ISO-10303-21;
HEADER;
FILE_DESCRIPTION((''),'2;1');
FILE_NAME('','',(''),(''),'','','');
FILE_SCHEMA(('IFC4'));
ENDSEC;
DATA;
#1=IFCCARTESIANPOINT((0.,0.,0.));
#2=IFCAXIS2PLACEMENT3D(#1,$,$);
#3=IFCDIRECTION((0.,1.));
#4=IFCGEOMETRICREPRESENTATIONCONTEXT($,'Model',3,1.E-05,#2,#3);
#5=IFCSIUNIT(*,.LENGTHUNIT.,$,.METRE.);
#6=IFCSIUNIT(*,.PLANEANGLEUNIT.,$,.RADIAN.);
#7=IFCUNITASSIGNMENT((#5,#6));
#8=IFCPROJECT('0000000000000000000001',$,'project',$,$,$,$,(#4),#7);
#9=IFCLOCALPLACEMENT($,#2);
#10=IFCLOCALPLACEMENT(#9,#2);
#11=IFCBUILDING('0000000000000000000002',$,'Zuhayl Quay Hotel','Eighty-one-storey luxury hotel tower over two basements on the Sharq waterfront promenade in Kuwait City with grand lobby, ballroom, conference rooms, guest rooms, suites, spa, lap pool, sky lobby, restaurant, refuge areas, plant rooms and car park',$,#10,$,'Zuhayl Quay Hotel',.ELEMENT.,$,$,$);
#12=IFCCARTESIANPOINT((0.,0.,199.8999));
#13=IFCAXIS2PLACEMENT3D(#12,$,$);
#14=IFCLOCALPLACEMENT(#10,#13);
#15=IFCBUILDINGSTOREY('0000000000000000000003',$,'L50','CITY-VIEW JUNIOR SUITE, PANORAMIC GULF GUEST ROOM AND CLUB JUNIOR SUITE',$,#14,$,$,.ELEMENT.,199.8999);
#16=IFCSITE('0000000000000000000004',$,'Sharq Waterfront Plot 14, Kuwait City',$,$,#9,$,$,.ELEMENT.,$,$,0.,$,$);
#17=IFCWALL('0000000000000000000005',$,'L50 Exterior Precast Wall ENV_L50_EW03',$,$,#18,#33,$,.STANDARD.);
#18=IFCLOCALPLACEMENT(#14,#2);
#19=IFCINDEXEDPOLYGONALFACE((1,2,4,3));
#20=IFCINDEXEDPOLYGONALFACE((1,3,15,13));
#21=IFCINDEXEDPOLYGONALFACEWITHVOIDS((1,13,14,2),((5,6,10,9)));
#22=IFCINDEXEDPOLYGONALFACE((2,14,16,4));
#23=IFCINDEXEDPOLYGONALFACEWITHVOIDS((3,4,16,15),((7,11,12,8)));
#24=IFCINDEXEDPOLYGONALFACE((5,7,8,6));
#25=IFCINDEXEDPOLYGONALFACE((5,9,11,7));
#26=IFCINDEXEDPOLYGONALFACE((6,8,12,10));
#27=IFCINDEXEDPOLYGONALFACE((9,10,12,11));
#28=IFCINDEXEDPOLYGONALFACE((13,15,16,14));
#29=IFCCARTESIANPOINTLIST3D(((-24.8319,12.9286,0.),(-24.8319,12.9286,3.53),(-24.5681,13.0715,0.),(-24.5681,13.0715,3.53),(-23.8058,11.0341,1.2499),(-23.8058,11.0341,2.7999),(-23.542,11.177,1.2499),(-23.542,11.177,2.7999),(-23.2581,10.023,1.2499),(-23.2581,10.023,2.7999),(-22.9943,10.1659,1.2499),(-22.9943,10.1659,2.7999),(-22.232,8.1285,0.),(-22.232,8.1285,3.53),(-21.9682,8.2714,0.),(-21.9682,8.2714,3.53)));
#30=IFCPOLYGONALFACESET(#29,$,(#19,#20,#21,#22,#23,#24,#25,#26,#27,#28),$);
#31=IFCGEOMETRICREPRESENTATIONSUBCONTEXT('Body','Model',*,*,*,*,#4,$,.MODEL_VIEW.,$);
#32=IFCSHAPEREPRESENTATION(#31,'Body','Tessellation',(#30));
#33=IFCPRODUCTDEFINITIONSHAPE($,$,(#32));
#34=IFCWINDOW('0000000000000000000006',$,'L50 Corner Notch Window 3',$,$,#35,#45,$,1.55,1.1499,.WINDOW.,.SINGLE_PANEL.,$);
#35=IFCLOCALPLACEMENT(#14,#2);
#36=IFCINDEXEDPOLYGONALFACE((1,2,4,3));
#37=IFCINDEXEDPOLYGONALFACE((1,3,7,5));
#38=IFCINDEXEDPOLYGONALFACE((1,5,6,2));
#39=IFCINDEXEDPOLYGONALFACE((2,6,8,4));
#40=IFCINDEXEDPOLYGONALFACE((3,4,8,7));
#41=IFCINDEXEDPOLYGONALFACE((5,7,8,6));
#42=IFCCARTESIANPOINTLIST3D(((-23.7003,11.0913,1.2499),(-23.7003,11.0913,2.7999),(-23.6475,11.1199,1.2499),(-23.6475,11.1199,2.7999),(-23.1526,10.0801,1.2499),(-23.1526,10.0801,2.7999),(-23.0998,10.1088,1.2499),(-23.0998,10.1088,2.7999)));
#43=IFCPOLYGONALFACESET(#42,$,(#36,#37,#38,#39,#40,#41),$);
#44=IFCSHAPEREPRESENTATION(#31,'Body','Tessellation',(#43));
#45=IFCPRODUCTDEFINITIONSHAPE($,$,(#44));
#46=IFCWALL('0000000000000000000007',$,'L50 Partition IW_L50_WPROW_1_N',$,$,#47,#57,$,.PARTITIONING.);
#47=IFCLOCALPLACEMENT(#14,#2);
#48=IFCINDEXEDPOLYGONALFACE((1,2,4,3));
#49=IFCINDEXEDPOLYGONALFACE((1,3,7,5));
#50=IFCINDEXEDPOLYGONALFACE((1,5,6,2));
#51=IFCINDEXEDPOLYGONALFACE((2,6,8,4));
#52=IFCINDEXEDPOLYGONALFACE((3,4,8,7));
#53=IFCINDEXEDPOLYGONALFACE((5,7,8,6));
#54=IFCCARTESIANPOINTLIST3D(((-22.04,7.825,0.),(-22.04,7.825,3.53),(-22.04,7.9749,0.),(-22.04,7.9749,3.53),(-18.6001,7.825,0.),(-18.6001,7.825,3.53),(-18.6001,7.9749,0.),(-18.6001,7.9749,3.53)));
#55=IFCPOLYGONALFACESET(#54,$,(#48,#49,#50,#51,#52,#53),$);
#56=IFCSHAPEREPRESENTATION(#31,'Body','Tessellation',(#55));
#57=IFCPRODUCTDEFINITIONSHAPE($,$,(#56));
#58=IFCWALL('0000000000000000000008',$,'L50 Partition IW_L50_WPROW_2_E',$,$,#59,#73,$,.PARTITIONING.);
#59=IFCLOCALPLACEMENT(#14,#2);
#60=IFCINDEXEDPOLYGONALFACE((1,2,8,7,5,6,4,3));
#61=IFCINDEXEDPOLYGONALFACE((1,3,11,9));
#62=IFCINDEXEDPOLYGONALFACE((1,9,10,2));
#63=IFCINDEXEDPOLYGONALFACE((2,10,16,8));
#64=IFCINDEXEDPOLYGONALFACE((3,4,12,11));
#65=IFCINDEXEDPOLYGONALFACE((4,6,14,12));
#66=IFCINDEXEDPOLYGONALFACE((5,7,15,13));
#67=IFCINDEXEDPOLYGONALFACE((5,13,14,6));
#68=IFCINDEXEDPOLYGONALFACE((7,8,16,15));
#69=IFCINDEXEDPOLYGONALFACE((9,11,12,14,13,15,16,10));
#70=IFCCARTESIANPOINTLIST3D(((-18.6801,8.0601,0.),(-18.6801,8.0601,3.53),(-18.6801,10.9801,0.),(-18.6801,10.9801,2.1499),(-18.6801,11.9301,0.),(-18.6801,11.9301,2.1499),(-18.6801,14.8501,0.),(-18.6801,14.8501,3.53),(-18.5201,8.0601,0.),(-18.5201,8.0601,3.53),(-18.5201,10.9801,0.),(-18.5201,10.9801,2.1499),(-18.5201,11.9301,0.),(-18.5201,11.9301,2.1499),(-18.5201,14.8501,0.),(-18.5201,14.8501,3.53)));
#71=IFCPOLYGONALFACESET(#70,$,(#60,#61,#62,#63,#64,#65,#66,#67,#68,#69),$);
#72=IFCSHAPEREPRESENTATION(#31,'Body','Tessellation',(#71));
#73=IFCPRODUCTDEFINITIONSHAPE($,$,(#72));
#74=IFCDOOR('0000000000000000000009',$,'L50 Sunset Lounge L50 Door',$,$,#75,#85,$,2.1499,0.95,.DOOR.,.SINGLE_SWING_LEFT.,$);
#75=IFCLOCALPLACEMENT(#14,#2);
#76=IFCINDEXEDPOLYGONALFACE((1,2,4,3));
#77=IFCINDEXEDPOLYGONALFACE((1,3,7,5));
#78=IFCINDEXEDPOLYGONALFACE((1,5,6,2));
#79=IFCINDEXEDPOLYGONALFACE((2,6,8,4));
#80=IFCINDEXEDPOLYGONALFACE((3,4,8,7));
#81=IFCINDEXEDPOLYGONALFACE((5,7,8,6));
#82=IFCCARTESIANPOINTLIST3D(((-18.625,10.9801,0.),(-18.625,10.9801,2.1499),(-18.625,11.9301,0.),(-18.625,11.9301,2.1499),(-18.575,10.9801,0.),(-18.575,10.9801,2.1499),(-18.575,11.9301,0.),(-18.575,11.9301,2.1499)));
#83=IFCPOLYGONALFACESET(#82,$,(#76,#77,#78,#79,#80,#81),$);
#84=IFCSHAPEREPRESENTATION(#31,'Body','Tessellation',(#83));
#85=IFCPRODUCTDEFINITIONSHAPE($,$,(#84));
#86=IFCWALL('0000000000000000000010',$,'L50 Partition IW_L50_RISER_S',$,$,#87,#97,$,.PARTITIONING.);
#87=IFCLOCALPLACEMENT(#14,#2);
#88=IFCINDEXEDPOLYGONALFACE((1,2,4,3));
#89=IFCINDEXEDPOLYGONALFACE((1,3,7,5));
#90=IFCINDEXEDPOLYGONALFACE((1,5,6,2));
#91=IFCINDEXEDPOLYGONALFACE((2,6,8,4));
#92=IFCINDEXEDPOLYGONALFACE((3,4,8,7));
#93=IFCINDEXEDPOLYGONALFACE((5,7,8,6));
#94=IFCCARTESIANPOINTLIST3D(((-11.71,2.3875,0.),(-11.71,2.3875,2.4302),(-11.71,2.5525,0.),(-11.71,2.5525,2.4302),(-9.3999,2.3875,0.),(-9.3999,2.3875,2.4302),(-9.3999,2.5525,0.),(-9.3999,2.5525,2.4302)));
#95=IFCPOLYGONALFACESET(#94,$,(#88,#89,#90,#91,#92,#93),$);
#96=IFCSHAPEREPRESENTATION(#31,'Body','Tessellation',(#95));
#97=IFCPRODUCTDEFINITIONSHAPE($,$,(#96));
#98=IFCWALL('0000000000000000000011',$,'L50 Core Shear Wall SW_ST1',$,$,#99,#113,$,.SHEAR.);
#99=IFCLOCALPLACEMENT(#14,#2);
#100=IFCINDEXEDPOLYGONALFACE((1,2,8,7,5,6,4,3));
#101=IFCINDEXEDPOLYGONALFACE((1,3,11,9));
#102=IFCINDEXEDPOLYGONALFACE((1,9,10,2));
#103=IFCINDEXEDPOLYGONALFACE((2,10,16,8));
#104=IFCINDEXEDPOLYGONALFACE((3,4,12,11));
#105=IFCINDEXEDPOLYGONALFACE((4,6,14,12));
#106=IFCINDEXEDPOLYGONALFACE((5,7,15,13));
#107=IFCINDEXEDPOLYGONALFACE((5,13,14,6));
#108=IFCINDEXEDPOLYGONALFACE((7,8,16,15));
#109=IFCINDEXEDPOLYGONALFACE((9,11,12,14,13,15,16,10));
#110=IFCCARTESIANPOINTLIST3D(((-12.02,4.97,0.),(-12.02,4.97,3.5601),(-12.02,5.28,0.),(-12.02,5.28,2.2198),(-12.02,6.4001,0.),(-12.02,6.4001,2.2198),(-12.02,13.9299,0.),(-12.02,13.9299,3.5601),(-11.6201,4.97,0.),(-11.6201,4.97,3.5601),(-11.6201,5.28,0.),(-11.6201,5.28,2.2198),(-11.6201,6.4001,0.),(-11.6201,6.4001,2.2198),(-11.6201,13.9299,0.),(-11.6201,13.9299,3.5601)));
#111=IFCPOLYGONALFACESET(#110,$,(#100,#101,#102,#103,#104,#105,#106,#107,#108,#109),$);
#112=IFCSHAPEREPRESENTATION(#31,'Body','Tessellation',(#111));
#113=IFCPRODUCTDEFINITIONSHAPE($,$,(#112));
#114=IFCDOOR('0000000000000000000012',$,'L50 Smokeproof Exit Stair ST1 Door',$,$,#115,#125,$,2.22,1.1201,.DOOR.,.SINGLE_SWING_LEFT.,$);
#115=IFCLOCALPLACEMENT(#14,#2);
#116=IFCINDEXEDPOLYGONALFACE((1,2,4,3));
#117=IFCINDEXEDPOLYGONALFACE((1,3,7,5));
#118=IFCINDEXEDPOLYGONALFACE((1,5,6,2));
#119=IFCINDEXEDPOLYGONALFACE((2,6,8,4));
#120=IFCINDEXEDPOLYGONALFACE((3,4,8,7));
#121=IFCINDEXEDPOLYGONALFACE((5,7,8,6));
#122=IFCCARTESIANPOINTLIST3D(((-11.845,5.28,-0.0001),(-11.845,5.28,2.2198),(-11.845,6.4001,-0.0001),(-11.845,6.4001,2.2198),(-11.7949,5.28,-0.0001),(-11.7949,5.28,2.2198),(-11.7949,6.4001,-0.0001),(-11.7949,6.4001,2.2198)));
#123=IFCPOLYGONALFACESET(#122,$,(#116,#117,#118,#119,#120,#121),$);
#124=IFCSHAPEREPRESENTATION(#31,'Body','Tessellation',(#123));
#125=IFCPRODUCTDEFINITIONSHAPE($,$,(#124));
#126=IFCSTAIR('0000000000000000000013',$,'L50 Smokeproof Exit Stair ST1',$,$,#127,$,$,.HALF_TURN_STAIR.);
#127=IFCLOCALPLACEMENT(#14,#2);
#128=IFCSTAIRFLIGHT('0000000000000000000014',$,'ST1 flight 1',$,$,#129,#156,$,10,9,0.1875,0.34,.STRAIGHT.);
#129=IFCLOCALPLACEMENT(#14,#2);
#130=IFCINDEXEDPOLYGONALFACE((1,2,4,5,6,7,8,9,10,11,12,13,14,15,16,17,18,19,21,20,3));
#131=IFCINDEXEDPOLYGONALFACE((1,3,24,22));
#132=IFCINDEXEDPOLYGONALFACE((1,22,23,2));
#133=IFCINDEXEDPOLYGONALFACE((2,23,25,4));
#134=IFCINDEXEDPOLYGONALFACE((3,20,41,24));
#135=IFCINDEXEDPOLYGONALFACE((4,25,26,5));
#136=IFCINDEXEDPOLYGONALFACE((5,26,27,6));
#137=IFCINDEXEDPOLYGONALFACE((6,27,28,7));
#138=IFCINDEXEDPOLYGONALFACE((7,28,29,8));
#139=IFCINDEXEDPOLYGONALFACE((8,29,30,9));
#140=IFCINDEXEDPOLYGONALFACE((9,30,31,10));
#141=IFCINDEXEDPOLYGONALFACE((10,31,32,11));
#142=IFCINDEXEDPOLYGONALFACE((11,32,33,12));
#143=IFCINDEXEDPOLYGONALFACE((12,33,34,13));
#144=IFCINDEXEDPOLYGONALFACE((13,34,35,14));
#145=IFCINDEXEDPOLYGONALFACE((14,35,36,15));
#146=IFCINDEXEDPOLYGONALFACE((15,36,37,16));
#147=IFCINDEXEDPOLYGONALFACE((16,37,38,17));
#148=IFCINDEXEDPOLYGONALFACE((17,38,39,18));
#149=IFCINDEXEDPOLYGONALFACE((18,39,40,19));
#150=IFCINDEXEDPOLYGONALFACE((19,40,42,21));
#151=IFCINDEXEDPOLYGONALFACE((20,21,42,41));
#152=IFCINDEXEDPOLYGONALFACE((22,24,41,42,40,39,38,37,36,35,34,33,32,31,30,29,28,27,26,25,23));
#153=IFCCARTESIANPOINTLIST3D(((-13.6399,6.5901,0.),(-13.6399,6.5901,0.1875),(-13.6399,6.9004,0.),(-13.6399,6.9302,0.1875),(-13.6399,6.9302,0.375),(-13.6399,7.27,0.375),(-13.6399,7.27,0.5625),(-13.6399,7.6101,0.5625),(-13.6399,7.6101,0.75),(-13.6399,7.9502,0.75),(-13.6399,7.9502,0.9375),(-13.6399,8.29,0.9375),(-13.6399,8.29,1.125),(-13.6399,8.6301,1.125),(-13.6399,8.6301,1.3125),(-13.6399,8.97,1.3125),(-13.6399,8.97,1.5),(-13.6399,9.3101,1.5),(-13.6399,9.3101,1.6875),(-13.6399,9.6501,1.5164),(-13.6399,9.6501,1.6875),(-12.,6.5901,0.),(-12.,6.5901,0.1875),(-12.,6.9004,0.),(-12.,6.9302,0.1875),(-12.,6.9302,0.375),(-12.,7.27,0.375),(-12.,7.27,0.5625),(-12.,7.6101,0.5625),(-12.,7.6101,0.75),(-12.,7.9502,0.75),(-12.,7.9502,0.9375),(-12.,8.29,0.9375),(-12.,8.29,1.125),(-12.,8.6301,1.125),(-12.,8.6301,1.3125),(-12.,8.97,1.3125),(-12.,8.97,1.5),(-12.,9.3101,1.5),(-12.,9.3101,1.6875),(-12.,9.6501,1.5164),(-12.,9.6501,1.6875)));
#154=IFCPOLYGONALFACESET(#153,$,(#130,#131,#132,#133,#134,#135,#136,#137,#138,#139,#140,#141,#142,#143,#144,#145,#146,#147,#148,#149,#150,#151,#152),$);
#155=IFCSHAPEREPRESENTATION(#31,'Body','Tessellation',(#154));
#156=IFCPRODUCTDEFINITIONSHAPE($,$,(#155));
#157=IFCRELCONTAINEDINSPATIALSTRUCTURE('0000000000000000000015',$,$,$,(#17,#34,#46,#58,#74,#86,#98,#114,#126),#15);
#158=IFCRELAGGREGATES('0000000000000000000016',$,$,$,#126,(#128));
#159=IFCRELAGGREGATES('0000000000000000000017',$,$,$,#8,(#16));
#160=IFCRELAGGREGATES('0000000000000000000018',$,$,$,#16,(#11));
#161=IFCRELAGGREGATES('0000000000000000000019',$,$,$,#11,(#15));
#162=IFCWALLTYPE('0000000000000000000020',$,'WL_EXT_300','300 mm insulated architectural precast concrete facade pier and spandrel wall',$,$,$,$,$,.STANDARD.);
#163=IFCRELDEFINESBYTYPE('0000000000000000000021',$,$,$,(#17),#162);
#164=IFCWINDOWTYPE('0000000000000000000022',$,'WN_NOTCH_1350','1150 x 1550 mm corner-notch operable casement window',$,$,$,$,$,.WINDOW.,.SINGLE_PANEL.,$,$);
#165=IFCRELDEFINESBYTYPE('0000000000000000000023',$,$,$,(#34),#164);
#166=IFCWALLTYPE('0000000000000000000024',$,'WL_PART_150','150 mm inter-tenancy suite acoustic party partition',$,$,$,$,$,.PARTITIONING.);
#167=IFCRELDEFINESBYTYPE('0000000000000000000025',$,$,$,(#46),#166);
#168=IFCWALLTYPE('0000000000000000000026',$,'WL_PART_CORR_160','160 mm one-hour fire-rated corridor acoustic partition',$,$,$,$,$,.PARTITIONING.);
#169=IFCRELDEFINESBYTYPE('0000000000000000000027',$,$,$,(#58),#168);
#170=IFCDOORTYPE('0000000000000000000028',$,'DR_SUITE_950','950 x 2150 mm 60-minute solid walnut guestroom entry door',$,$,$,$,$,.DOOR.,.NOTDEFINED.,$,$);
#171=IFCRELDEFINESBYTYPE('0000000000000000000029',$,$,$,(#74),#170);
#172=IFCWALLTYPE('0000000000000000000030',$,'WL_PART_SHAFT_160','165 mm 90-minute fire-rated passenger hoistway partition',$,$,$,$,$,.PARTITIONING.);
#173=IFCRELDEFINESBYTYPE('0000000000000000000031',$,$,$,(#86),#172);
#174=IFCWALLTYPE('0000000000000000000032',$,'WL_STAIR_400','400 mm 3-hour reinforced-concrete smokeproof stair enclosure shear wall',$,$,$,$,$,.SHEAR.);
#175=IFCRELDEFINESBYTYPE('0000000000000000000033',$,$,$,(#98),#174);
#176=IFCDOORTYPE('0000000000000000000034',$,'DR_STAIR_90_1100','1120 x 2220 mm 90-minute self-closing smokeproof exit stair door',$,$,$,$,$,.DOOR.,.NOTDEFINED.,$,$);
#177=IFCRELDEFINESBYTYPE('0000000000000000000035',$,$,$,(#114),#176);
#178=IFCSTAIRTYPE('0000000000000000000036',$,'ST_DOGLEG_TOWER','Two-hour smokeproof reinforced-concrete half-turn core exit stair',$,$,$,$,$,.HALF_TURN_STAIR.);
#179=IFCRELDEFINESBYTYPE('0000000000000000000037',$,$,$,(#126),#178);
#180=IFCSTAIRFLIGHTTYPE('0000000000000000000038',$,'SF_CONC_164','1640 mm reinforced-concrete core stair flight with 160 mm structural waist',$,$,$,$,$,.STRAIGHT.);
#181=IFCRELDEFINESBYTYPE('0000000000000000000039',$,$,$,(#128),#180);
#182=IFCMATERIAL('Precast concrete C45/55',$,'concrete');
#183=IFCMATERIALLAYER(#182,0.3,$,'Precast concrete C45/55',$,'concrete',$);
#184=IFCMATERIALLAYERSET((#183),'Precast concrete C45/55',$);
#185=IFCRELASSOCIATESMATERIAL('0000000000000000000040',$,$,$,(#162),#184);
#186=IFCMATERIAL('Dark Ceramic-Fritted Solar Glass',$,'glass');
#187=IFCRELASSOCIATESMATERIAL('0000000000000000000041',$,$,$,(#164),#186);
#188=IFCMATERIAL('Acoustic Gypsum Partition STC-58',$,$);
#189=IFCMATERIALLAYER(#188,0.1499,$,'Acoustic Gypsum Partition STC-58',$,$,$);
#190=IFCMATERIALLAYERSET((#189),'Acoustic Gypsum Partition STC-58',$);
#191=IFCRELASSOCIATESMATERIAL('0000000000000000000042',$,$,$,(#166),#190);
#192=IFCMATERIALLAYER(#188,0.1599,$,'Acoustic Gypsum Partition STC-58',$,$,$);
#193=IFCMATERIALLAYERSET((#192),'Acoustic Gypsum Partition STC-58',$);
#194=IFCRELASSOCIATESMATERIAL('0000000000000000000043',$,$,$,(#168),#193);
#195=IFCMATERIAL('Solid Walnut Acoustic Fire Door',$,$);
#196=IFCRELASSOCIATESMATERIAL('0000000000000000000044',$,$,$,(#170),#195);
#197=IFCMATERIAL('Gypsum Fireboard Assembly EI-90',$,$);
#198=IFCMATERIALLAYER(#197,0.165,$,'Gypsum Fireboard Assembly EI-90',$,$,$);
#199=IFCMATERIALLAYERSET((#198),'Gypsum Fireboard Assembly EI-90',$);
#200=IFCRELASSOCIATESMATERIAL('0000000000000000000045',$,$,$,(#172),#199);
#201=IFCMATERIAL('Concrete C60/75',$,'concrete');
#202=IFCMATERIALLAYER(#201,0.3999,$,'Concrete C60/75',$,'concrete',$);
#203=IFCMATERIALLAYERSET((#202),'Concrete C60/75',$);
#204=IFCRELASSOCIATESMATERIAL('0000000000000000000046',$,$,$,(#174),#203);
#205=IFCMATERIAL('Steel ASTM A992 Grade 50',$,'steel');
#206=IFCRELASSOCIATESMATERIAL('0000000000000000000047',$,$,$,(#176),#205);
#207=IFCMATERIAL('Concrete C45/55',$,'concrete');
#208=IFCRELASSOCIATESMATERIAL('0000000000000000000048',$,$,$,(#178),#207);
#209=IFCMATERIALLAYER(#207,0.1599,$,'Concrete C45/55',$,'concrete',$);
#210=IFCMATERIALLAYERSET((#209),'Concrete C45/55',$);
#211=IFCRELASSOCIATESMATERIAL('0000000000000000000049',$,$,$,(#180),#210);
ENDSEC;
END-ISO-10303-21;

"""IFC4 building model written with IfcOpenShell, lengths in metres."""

from ifc_helpers import new_model, si_unit, direction, frame, frame_2d, origin, place, context, subcontext, project, spatial, polyline, rectangle, outline, extrude, material, layer, layer_set, type_object, element, fill, aggregate, save


model = new_model("IFC4")

# Units and contexts
model_context = context("Model", 3, precision=1e-05, world=origin(), true_north=direction((0.0, 1.0)))
body_context = subcontext(model_context, "Body", "Model", "MODEL_VIEW")
ifc_project = project(units=[si_unit("LENGTHUNIT", "METRE"), si_unit("PLANEANGLEUNIT", "RADIAN")], contexts=[model_context])

# Site, building, storey
site_placement = place(None, origin())
site = spatial("IfcSite", under=ifc_project, at=site_placement, Name="Sharq Waterfront Plot 14, Kuwait City", CompositionType="ELEMENT", RefElevation=0.0)
building_placement = place(site_placement, origin())
building = spatial("IfcBuilding", under=site, at=building_placement, Name="Zuhayl Quay Hotel", Description="Eighty-one-storey luxury hotel tower over two basements on the Sharq waterfront promenade in Kuwait City with grand lobby, ballroom, conference rooms, guest rooms, suites, spa, lap pool, sky lobby, restaurant, refuge areas, plant rooms and car park", LongName="Zuhayl Quay Hotel", CompositionType="ELEMENT")
storey_placement = place(building_placement, frame((0.0, 0.0, 199.8999)))
storey = spatial("IfcBuildingStorey", under=building, at=storey_placement, Name="L50", Description="CITY-VIEW JUNIOR SUITE, PANORAMIC GULF GUEST ROOM AND CLUB JUNIOR SUITE", CompositionType="ELEMENT", Elevation=199.8999)

# Shared definitions
ifc_material_1 = material(Name="Concrete C60/75", Category="concrete")

# Shared definitions
ifc_material_2 = material(Name="Dark Ceramic-Fritted Solar Glass", Category="glass")

# Shared definitions
ifc_material_3 = material(Name="Precast concrete C45/55", Category="concrete")
ifc_layer_1 = layer(ifc_material_3, 0.3, Name="Precast concrete C45/55", Category="concrete")
ifc_layer_set_1 = layer_set([ifc_layer_1], Name="Precast concrete C45/55")
wall_type_1 = type_object("IfcWallType", Name="WL_EXT_300", Description="300 mm insulated architectural precast concrete facade pier and spandrel wall", PredefinedType="STANDARD", material=ifc_layer_set_1)

# Wall, opening, window
wall_1_placement = place(storey_placement, frame((-22.1001, 8.2, 0.0), z_axis=(0.0, 0.0, 1.0), x_axis=(-0.476259, 0.879305, 0.0)))
wall_1 = element("IfcWall", 1, at=wall_1_placement, inside=storey, type_object=wall_type_1, Name="L50 Exterior Precast Wall ENV_L50_EW03", PredefinedType="STANDARD", context=body_context, shape_type="SweptSolid", body=[
    extrude(rectangle(XDim=5.459, YDim=0.3, at=frame_2d((2.7295, 0.0))), origin(), (0.0, 0.0, 1.0), 3.53),
])
opening_1_placement = place(wall_1_placement, frame((2.1545, 0.0, 1.25)))
opening_1 = element("IfcOpeningElement", 2, at=opening_1_placement, cuts=wall_1, PredefinedType="OPENING", context=body_context, shape_type="SweptSolid", body=[
    extrude(rectangle(XDim=1.1499, YDim=1.55, at=frame_2d((0.575, 0.7749))), frame((0.0, 0.1599, 0.0), z_axis=(0.0, -1.0, 0.0), x_axis=(1.0, 0.0, 0.0)), (0.0, 0.0, 1.0), 0.3201),
])
window_type = type_object("IfcWindowType", Name="WN_NOTCH_1350", Description="1150 x 1550 mm corner-notch operable casement window", PartitioningType="SINGLE_PANEL", PredefinedType="WINDOW", material=ifc_material_2)
window_placement = place(opening_1_placement, origin())
window = element("IfcWindow", 3, at=window_placement, inside=storey, type_object=window_type, Name="L50 Corner Notch Window 3", OverallHeight=1.55, OverallWidth=1.1499, PartitioningType="SINGLE_PANEL", PredefinedType="WINDOW", context=body_context, shape_type="SweptSolid", body=[
    extrude(rectangle(XDim=1.1499, YDim=1.55, at=frame_2d((0.575, 0.7749))), frame((0.0, 0.03, 0.0), z_axis=(0.0, -1.0, 0.0), x_axis=(1.0, 0.0, 0.0)), (0.0, 0.0, 1.0), 0.0601),
])
fill(opening_1, window)

# Wall
ifc_material_4 = material(Name="Acoustic Gypsum Partition STC-58")
ifc_layer_2 = layer(ifc_material_4, 0.1499, Name="Acoustic Gypsum Partition STC-58")
ifc_layer_set_2 = layer_set([ifc_layer_2], Name="Acoustic Gypsum Partition STC-58")
wall_type_2 = type_object("IfcWallType", Name="WL_PART_150", Description="150 mm inter-tenancy suite acoustic party partition", PredefinedType="PARTITIONING", material=ifc_layer_set_2)
wall_2_placement = place(storey_placement, frame((-22.04, 7.8999, 0.0), z_axis=(0.0, 0.0, 1.0), x_axis=(1.0, 0.0, 0.0)))
element("IfcWall", 4, at=wall_2_placement, inside=storey, type_object=wall_type_2, Name="L50 Partition IW_L50_WPROW_1_N", PredefinedType="PARTITIONING", context=body_context, shape_type="SweptSolid", body=[
    extrude(rectangle(XDim=3.4399, YDim=0.1499, at=frame_2d((1.72, 0.0))), origin(), (0.0, 0.0, 1.0), 3.53),
])

# Wall, opening, door
ifc_layer_3 = layer(ifc_material_4, 0.1599, Name="Acoustic Gypsum Partition STC-58")
ifc_layer_set_3 = layer_set([ifc_layer_3], Name="Acoustic Gypsum Partition STC-58")
wall_type_3 = type_object("IfcWallType", Name="WL_PART_CORR_160", Description="160 mm one-hour fire-rated corridor acoustic partition", PredefinedType="PARTITIONING", material=ifc_layer_set_3)
wall_3_placement = place(storey_placement, frame((-18.6001, 8.0601, 0.0), z_axis=(0.0, 0.0, 1.0), x_axis=(0.0, 1.0, 0.0)))
wall_3 = element("IfcWall", 5, at=wall_3_placement, inside=storey, type_object=wall_type_3, Name="L50 Partition IW_L50_WPROW_2_E", PredefinedType="PARTITIONING", context=body_context, shape_type="SweptSolid", body=[
    extrude(rectangle(XDim=6.79, YDim=0.1599, at=frame_2d((3.395, 0.0))), origin(), (0.0, 0.0, 1.0), 3.53),
])
opening_2_placement = place(wall_3_placement, frame((2.9199, 0.0, 0.0)))
opening_2 = element("IfcOpeningElement", 6, at=opening_2_placement, cuts=wall_3, PredefinedType="OPENING", context=body_context, shape_type="SweptSolid", body=[
    extrude(rectangle(XDim=0.95, YDim=2.1499, at=frame_2d((0.4751, 1.075))), frame((0.0, 0.0898, 0.0), z_axis=(0.0, -1.0, 0.0), x_axis=(1.0, 0.0, 0.0)), (0.0, 0.0, 1.0), 0.1799),
])
ifc_material_5 = material(Name="Solid Walnut Acoustic Fire Door")
door_type_1 = type_object("IfcDoorType", Name="DR_SUITE_950", Description="950 x 2150 mm 60-minute solid walnut guestroom entry door", OperationType="NOTDEFINED", PredefinedType="DOOR", material=ifc_material_5)
door_1_placement = place(opening_2_placement, origin())
door_1 = element("IfcDoor", 7, at=door_1_placement, inside=storey, type_object=door_type_1, Name="L50 Sunset Lounge L50 Door", OperationType="SINGLE_SWING_LEFT", OverallHeight=2.1499, OverallWidth=0.95, PredefinedType="DOOR", context=body_context, shape_type="SweptSolid", body=[
    extrude(rectangle(XDim=0.95, YDim=2.1499, at=frame_2d((0.4751, 1.075))), frame((0.0, 0.0249, 0.0), z_axis=(0.0, -1.0, 0.0), x_axis=(1.0, 0.0, 0.0)), (0.0, 0.0, 1.0), 0.05),
])
fill(opening_2, door_1)

# Wall
ifc_material_6 = material(Name="Gypsum Fireboard Assembly EI-90")
ifc_layer_4 = layer(ifc_material_6, 0.165, Name="Gypsum Fireboard Assembly EI-90")
ifc_layer_set_4 = layer_set([ifc_layer_4], Name="Gypsum Fireboard Assembly EI-90")
wall_type_4 = type_object("IfcWallType", Name="WL_PART_SHAFT_160", Description="165 mm 90-minute fire-rated passenger hoistway partition", PredefinedType="PARTITIONING", material=ifc_layer_set_4)
wall_4_placement = place(storey_placement, frame((-11.71, 2.47, 0.0), z_axis=(0.0, 0.0, 1.0), x_axis=(1.0, 0.0, 0.0)))
element("IfcWall", 8, at=wall_4_placement, inside=storey, type_object=wall_type_4, Name="L50 Partition IW_L50_RISER_S", PredefinedType="PARTITIONING", context=body_context, shape_type="SweptSolid", body=[
    extrude(rectangle(XDim=2.3101, YDim=0.165, at=frame_2d((1.155, 0.0))), origin(), (0.0, 0.0, 1.0), 2.4302),
])

# Wall, opening, door
ifc_layer_5 = layer(ifc_material_1, 0.3999, Name="Concrete C60/75", Category="concrete")
ifc_layer_set_5 = layer_set([ifc_layer_5], Name="Concrete C60/75")
wall_type_5 = type_object("IfcWallType", Name="WL_STAIR_400", Description="400 mm 3-hour reinforced-concrete smokeproof stair enclosure shear wall", PredefinedType="SHEAR", material=ifc_layer_set_5)
wall_5_placement = place(storey_placement, frame((-11.8201, 4.97, 0.0), z_axis=(0.0, 0.0, 1.0), x_axis=(0.0, 1.0, 0.0)))
wall_5 = element("IfcWall", 9, at=wall_5_placement, inside=storey, type_object=wall_type_5, Name="L50 Core Shear Wall SW_ST1", PredefinedType="SHEAR", context=body_context, shape_type="SweptSolid", body=[
    extrude(rectangle(XDim=8.96, YDim=0.3999, at=frame_2d((4.48, 0.0))), origin(), (0.0, 0.0, 1.0), 3.5601),
])
opening_3_placement = place(wall_5_placement, frame((0.3101, 0.0, 0.0)))
opening_3 = element("IfcOpeningElement", 10, at=opening_3_placement, cuts=wall_5, PredefinedType="OPENING", context=body_context, shape_type="SweptSolid", body=[
    extrude(rectangle(XDim=1.1201, YDim=2.22, at=frame_2d((0.5601, 1.1099))), frame((0.0, 0.21, 0.0), z_axis=(0.0, -1.0, 0.0), x_axis=(1.0, 0.0, 0.0)), (0.0, 0.0, 1.0), 0.4199),
])
ifc_material_7 = material(Name="Steel ASTM A992 Grade 50", Category="steel")
door_type_2 = type_object("IfcDoorType", Name="DR_STAIR_90_1100", Description="1120 x 2220 mm 90-minute self-closing smokeproof exit stair door", OperationType="NOTDEFINED", PredefinedType="DOOR", material=ifc_material_7)
door_2_placement = place(opening_3_placement, origin())
door_2 = element("IfcDoor", 11, at=door_2_placement, inside=storey, type_object=door_type_2, Name="L50 Smokeproof Exit Stair ST1 Door", OperationType="SINGLE_SWING_LEFT", OverallHeight=2.22, OverallWidth=1.1201, PredefinedType="DOOR", context=body_context, shape_type="SweptSolid", body=[
    extrude(rectangle(XDim=1.1201, YDim=2.22, at=frame_2d((0.5601, 1.1099))), frame((0.0, 0.0249, 0.0), z_axis=(0.0, -1.0, 0.0), x_axis=(1.0, 0.0, 0.0)), (0.0, 0.0, 1.0), 0.05),
])
fill(opening_3, door_2)

# Stair, stair flight
ifc_material_8 = material(Name="Concrete C45/55", Category="concrete")
stair_type = type_object("IfcStairType", Name="ST_DOGLEG_TOWER", Description="Two-hour smokeproof reinforced-concrete half-turn core exit stair", PredefinedType="HALF_TURN_STAIR", material=ifc_material_8)
stair_placement = place(storey_placement, origin())
stair = element("IfcStair", 12, at=stair_placement, inside=storey, type_object=stair_type, Name="L50 Smokeproof Exit Stair ST1", PredefinedType="HALF_TURN_STAIR")
ifc_layer_6 = layer(ifc_material_8, 0.1599, Name="Concrete C45/55", Category="concrete")
ifc_layer_set_6 = layer_set([ifc_layer_6], Name="Concrete C45/55")
stair_flight_type = type_object("IfcStairFlightType", Name="SF_CONC_164", Description="1640 mm reinforced-concrete core stair flight with 160 mm structural waist", PredefinedType="STRAIGHT", material=ifc_layer_set_6)
stair_flight_1_placement = place(storey_placement, frame((-12.8201, 6.5901, 0.0), z_axis=(0.0, 0.0, 1.0), x_axis=(0.0, 1.0, 0.0)))
stair_flight_1 = element("IfcStairFlight", 13, at=stair_flight_1_placement, type_object=stair_flight_type, Name="ST1 flight 1", NumberOfRisers=10, NumberOfTreads=9, PredefinedType="STRAIGHT", RiserHeight=0.1875, TreadLength=0.34, context=body_context, shape_type="SweptSolid", body=[
    extrude(outline(polyline([(0.0, 0.0), (0.0, 0.1875), (0.3401, 0.1875), (0.3401, 0.375), (0.6799, 0.375), (0.6799, 0.5625), (1.02, 0.5625), (1.02, 0.75), (1.3601, 0.75), (1.3601, 0.9375), (1.7, 0.9375), (1.7, 1.125), (2.04, 1.125), (2.04, 1.3125), (2.3799, 1.3125), (2.3799, 1.5), (2.72, 1.5), (2.72, 1.6875), (3.0601, 1.6875), (3.0601, 1.875), (3.0601, 1.5164), (0.3103, 0.0), (0.0, 0.0)])), frame((0.0, 0.8198, 0.0), z_axis=(0.0, -1.0, 0.0), x_axis=(1.0, 0.0, 0.0)), (0.0, 0.0, 1.0), 1.6399),
])
aggregate(stair, [stair_flight_1])

save(model, "model.ifc")
